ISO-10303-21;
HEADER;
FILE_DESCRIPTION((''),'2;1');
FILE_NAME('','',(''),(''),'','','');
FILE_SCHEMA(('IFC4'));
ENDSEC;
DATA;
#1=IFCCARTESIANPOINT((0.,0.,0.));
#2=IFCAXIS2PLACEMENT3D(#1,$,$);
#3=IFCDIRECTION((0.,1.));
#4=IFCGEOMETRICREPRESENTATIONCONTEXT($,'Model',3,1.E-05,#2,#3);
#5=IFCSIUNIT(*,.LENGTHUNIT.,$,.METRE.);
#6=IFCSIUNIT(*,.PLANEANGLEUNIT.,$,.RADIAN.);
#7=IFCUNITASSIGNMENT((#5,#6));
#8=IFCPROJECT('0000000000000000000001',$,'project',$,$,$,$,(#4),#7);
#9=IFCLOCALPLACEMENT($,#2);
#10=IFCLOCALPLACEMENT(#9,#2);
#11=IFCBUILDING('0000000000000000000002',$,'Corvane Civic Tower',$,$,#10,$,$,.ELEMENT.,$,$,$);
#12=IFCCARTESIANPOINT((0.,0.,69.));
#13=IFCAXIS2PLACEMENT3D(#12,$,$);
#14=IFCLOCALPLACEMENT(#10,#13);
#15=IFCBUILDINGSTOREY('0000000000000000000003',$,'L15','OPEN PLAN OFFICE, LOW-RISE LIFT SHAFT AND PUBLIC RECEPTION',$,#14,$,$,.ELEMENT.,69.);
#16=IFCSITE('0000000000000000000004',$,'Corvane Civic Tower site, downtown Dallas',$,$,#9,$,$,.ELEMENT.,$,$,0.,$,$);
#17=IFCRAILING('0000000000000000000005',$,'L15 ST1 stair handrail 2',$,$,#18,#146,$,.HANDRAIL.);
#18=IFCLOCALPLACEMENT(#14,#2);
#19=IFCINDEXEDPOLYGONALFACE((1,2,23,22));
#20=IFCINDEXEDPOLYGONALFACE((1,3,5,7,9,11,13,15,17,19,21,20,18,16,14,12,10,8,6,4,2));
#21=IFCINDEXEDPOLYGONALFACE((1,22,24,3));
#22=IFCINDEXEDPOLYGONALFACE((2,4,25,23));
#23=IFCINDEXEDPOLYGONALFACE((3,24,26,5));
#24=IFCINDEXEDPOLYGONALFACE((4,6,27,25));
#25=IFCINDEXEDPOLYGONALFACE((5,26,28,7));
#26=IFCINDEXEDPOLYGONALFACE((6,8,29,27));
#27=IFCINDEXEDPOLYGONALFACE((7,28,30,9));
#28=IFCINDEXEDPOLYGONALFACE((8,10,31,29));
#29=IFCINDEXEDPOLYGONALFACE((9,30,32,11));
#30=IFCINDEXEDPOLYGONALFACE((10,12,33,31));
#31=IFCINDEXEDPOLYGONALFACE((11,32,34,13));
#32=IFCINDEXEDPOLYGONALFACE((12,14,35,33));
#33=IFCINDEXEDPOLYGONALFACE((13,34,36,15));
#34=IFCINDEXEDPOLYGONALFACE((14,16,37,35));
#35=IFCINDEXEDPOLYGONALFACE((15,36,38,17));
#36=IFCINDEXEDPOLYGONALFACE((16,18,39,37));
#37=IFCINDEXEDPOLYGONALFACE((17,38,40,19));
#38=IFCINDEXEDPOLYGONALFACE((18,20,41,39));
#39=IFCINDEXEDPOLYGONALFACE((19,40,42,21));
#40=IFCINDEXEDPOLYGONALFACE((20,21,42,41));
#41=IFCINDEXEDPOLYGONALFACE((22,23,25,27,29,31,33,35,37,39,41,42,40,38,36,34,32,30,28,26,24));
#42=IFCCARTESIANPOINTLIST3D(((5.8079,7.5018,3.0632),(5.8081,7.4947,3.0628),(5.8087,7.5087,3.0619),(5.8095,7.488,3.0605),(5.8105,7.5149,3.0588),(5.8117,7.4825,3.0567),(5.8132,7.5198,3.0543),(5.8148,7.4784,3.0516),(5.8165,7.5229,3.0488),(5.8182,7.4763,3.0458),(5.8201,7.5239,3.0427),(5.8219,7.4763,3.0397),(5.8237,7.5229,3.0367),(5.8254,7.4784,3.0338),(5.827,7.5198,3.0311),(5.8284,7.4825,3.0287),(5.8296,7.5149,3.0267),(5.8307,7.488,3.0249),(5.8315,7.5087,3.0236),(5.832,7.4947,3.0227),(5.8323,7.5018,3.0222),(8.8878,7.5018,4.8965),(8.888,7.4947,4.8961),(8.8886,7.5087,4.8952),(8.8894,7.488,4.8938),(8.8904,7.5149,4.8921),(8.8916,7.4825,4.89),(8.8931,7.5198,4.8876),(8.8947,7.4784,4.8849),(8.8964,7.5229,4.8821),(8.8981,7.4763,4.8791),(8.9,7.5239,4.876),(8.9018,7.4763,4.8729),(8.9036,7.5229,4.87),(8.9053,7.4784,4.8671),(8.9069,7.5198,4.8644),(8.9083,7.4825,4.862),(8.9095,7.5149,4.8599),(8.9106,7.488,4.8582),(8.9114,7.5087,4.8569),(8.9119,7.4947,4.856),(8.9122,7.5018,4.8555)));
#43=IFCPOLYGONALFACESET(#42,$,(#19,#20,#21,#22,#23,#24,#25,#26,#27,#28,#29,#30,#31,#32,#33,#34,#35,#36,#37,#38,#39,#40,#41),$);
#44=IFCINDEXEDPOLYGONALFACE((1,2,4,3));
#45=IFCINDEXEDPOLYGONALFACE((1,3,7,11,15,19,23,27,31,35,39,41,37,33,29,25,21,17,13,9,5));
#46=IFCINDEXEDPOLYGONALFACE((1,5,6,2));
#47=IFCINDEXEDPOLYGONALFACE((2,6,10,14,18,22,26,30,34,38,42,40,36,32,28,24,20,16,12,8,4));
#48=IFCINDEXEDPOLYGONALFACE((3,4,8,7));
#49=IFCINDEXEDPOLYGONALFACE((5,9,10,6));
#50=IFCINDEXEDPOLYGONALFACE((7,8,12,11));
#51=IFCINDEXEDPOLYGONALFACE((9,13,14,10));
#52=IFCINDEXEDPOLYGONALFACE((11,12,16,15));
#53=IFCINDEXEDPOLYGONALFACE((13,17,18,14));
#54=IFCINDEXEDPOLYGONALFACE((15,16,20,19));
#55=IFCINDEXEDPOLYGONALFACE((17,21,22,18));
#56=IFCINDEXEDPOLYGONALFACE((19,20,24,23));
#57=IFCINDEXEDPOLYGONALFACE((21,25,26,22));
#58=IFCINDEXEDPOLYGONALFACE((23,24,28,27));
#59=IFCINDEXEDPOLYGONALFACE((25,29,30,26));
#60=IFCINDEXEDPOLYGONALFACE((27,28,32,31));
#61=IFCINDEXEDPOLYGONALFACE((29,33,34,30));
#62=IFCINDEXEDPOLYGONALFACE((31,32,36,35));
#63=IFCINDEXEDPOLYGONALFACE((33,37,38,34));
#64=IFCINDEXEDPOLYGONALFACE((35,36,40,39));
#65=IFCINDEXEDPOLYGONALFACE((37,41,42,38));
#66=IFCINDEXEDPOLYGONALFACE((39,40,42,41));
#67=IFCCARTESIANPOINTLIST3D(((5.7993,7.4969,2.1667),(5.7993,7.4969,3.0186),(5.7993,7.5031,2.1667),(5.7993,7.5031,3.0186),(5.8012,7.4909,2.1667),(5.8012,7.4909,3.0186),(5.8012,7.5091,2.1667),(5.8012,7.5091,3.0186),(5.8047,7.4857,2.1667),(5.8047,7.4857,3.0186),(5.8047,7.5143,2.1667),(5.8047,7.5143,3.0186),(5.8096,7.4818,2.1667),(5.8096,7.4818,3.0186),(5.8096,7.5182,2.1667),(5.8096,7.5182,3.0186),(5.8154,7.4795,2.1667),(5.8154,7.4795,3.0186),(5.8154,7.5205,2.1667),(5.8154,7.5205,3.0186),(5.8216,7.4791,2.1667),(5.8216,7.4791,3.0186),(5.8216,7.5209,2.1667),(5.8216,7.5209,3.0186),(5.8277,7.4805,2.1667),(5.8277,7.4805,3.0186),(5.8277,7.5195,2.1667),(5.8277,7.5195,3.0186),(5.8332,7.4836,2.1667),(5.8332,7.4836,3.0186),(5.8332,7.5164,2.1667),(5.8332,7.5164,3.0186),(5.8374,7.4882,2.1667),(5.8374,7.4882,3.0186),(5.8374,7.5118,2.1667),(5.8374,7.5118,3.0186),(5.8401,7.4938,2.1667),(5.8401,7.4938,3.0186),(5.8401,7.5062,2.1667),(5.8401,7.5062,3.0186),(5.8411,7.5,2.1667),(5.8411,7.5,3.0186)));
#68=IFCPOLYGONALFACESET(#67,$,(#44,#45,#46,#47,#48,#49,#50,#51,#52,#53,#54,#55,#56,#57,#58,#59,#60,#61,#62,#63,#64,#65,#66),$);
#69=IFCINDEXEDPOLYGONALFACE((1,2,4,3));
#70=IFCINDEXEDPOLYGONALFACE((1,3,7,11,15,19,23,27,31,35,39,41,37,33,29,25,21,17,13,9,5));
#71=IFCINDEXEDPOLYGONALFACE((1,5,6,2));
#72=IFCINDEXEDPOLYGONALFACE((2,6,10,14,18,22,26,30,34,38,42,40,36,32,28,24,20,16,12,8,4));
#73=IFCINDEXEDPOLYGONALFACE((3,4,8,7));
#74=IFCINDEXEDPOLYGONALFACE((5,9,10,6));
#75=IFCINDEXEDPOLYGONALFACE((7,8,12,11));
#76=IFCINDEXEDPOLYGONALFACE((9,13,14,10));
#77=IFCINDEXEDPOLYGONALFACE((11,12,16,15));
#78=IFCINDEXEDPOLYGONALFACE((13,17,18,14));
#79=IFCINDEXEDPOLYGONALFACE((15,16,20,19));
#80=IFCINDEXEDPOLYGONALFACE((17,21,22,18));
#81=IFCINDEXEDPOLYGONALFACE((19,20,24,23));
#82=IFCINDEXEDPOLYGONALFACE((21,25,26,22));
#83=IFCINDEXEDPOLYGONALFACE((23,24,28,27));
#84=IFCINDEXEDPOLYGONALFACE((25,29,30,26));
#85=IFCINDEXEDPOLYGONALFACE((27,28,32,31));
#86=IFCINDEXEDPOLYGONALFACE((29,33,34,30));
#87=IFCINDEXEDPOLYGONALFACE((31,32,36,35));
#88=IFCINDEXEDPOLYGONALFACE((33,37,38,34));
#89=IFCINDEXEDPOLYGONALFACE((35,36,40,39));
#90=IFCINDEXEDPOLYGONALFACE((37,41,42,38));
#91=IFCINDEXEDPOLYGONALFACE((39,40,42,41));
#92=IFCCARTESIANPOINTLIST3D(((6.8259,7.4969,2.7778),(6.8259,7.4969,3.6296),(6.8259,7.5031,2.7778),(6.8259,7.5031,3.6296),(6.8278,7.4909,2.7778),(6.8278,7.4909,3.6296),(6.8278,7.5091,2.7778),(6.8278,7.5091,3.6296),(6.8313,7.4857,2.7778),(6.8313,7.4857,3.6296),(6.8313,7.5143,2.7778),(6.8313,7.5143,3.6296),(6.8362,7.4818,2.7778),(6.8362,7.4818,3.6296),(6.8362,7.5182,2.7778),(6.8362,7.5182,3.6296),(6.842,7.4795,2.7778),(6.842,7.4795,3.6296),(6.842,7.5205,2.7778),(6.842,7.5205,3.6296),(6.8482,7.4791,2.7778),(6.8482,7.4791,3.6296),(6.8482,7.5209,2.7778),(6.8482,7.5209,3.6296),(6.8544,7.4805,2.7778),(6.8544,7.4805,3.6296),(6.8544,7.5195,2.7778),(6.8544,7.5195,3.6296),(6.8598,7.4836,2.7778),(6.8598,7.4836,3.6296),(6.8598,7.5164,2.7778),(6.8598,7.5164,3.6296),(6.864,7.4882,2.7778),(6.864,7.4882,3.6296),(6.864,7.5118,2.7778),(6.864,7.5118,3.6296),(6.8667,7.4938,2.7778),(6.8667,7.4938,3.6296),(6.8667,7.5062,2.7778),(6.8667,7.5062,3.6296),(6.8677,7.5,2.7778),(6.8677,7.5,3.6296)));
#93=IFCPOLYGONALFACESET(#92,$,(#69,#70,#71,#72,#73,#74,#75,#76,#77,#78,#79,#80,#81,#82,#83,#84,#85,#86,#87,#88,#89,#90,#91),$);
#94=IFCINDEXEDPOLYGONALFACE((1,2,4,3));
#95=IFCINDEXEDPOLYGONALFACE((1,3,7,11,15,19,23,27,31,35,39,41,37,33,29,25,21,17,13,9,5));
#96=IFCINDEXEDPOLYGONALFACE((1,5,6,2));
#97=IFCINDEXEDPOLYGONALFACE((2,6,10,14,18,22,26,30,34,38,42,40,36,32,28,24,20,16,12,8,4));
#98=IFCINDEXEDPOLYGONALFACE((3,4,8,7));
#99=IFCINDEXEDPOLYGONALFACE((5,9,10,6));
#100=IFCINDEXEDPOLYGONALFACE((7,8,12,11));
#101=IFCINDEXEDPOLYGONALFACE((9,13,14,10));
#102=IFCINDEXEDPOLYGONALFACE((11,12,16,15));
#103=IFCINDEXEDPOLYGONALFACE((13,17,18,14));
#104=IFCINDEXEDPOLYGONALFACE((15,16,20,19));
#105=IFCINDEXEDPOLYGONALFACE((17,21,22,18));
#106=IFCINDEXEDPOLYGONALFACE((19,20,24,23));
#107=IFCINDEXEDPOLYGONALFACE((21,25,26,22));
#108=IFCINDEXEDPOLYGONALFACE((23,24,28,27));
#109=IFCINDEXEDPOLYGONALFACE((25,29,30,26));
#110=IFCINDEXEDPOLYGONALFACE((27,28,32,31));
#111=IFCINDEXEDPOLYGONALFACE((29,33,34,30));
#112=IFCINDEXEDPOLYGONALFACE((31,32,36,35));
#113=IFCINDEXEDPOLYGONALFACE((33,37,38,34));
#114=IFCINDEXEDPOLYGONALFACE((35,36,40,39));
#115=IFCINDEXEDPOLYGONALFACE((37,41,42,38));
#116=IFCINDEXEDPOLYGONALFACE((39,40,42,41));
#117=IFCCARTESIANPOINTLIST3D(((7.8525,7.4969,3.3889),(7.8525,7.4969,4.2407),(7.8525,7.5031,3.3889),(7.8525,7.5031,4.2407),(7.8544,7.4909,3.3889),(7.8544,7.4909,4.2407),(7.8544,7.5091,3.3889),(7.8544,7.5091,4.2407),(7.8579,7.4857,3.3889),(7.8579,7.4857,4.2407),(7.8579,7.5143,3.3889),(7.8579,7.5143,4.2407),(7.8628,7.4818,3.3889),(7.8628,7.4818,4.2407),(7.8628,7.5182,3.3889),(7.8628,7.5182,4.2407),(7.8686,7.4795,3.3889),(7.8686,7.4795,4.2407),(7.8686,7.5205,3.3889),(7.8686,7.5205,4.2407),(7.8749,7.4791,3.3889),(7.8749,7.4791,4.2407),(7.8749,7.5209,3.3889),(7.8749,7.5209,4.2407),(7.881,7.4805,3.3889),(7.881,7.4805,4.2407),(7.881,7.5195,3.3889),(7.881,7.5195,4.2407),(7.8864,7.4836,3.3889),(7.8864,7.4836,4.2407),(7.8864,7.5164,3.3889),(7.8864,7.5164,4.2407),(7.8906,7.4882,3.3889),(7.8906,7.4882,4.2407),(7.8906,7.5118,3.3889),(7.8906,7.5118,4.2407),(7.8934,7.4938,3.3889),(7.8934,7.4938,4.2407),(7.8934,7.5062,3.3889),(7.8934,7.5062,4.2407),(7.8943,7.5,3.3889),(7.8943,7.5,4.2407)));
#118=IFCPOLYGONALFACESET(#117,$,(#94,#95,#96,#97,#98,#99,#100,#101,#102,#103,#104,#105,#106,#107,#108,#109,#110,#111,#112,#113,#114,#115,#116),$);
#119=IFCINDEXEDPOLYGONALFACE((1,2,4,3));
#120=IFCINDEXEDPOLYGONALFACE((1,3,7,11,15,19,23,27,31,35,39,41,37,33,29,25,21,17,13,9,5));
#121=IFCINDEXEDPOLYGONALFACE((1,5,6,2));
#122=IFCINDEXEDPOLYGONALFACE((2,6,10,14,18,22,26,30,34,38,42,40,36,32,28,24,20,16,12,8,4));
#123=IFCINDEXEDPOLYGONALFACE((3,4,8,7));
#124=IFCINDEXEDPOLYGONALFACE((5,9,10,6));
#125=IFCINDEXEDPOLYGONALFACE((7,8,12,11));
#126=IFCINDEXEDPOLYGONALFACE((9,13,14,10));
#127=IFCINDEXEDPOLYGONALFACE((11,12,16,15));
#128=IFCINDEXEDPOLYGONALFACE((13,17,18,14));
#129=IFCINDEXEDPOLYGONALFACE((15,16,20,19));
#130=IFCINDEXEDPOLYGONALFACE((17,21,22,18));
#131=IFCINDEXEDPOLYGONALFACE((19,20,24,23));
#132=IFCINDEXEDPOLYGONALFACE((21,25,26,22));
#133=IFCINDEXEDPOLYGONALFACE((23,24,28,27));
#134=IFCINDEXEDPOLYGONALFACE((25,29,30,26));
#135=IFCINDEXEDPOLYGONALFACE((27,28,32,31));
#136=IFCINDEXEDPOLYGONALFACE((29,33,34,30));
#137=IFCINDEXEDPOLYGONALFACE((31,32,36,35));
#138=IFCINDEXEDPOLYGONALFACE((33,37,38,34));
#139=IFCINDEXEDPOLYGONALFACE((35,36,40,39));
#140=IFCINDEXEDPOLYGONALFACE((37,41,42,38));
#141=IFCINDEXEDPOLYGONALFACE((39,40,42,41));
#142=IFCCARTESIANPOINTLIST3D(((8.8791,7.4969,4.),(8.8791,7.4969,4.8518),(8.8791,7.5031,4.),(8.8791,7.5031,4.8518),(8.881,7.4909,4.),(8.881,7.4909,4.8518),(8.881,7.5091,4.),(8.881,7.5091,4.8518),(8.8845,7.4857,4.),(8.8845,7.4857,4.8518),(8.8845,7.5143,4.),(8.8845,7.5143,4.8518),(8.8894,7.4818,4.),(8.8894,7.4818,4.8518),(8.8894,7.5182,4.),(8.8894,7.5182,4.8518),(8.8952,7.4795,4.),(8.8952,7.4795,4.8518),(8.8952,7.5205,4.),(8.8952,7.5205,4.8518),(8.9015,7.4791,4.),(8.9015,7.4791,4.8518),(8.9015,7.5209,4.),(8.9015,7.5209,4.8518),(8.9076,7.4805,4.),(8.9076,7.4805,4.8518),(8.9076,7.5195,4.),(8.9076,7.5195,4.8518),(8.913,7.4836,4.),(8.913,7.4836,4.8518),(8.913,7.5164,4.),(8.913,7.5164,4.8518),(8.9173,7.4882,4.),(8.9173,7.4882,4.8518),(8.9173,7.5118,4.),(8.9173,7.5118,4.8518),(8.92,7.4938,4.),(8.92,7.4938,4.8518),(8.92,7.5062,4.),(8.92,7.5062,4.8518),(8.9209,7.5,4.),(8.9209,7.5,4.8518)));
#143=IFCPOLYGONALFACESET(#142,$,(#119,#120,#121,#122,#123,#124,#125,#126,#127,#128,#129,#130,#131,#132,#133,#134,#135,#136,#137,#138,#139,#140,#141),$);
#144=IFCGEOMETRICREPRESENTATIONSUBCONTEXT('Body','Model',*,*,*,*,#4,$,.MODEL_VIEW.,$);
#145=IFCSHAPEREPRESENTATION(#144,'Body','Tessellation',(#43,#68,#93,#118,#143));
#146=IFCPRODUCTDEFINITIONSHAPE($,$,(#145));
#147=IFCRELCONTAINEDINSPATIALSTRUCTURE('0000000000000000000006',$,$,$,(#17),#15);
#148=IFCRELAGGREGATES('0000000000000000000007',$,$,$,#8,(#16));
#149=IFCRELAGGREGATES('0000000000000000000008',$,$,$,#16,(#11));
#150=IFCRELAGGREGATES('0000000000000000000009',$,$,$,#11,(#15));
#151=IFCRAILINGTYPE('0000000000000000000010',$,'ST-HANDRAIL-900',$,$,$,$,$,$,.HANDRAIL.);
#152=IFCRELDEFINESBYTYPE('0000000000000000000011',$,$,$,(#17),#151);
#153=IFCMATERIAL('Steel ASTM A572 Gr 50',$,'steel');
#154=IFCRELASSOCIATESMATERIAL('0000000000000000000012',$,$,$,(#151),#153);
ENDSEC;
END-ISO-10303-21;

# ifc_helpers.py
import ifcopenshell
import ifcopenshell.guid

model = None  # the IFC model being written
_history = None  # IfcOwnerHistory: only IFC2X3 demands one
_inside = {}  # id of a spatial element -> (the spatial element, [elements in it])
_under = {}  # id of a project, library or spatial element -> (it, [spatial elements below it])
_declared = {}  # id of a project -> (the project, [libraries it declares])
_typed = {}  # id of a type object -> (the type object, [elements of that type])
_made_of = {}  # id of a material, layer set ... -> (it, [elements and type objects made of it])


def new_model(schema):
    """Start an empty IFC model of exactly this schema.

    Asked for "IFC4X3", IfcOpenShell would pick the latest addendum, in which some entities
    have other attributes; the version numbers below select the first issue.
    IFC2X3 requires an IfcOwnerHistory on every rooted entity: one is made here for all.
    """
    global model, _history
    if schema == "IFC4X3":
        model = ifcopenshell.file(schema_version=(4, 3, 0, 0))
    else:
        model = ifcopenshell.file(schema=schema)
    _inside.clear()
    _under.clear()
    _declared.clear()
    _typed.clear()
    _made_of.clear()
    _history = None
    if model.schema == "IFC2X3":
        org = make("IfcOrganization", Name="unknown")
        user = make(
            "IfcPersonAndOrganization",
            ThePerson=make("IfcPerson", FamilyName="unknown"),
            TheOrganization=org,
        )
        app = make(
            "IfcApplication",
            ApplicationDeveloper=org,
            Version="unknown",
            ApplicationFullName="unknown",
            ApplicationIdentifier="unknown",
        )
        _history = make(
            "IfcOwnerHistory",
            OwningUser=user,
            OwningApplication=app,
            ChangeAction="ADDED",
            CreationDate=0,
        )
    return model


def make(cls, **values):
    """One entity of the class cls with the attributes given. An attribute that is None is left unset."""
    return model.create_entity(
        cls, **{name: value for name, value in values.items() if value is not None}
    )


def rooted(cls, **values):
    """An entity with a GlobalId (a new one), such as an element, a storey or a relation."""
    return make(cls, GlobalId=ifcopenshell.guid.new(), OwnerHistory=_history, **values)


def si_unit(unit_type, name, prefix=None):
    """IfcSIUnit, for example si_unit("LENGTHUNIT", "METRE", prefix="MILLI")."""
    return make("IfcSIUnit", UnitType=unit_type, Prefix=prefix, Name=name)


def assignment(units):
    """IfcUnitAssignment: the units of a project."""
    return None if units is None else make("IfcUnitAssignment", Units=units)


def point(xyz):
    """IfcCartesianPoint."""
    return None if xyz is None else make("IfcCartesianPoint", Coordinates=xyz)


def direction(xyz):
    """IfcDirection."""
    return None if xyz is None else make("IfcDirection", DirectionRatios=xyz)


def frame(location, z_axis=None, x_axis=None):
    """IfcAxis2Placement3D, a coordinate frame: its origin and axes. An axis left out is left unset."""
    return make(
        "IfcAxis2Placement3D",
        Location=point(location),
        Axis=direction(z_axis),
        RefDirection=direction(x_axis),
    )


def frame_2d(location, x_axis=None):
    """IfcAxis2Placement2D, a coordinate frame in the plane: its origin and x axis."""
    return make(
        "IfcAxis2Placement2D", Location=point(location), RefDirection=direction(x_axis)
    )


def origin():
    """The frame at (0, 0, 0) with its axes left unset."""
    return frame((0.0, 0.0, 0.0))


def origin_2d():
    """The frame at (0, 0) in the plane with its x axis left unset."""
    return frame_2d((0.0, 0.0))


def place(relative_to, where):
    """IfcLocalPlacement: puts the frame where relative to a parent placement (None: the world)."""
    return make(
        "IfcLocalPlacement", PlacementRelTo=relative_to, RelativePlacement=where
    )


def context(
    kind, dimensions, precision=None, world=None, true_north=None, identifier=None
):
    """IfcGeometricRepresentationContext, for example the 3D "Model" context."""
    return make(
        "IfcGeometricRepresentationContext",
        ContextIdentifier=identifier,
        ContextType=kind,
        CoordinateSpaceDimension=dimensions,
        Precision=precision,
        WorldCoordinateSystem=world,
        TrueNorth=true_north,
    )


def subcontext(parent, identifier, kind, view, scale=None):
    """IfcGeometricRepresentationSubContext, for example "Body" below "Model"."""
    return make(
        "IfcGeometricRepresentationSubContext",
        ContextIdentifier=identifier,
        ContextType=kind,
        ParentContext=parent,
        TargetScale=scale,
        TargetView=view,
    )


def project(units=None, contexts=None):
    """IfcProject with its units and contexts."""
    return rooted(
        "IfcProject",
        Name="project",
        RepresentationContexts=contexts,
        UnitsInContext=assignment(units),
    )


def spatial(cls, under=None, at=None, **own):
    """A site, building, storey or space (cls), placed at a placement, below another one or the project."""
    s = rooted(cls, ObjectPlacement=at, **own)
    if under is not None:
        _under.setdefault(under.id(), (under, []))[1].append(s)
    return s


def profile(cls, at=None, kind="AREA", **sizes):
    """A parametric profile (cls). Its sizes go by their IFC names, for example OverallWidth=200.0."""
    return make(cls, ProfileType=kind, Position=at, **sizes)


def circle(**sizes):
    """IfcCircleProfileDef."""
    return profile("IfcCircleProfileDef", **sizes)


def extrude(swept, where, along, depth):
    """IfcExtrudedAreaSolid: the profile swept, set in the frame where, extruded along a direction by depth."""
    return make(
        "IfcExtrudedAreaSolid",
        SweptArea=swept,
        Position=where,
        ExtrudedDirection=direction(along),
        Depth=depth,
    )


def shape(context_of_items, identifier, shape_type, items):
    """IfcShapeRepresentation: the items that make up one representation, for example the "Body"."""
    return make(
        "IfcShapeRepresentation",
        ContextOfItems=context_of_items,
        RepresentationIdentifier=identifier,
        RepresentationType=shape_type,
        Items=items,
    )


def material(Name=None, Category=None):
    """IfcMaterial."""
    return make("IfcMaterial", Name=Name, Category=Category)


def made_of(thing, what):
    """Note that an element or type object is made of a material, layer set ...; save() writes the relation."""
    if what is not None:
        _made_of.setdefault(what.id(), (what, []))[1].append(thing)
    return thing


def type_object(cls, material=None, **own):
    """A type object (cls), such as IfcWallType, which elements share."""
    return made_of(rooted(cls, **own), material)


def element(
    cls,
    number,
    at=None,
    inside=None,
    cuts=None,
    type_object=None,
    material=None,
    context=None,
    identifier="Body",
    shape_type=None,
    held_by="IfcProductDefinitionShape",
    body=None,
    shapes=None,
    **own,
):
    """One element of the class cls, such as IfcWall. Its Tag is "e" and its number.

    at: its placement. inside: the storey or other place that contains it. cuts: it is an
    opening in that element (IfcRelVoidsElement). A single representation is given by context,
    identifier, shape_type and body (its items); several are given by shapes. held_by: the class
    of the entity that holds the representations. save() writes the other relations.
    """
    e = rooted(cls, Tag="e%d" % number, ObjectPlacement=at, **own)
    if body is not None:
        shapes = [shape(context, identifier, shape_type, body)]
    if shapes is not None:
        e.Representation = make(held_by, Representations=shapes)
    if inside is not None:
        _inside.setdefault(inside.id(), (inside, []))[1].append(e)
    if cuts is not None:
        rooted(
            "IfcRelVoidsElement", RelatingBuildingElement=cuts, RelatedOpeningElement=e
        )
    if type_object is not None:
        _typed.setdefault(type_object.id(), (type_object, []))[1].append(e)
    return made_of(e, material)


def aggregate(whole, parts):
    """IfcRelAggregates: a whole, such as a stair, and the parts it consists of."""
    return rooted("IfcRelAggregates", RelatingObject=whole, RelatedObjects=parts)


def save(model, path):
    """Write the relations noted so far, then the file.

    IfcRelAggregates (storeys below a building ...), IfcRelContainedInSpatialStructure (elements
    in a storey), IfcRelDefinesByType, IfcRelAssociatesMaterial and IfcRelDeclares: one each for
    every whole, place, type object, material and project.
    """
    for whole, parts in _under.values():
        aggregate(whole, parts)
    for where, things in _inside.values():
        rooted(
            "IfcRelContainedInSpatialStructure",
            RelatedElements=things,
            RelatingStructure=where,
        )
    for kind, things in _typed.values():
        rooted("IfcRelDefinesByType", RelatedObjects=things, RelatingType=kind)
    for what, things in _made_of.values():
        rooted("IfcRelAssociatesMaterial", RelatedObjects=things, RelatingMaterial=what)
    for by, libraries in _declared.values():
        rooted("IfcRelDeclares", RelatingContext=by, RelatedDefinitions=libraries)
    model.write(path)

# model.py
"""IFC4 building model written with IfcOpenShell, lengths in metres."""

from ifc_helpers import new_model, si_unit, direction, frame, origin, origin_2d, place, context, subcontext, project, spatial, circle, extrude, material, type_object, element, save


model = new_model("IFC4")

# Units and contexts
model_context = context("Model", 3, precision=1e-05, world=origin(), true_north=direction((0.0, 1.0)))
body_context = subcontext(model_context, "Body", "Model", "MODEL_VIEW")
ifc_project = project(units=[si_unit("LENGTHUNIT", "METRE"), si_unit("PLANEANGLEUNIT", "RADIAN")], contexts=[model_context])

# Site, building, storey
site_placement = place(None, origin())
site = spatial("IfcSite", under=ifc_project, at=site_placement, Name="Corvane Civic Tower site, downtown Dallas", CompositionType="ELEMENT", RefElevation=0.0)
building_placement = place(site_placement, origin())
building = spatial("IfcBuilding", under=site, at=building_placement, Name="Corvane Civic Tower", CompositionType="ELEMENT")
storey_placement = place(building_placement, frame((0.0, 0.0, 69.0)))
storey = spatial("IfcBuildingStorey", under=building, at=storey_placement, Name="L15", Description="OPEN PLAN OFFICE, LOW-RISE LIFT SHAFT AND PUBLIC RECEPTION", CompositionType="ELEMENT", Elevation=69.0)

# Railing
ifc_material_1 = material(Name="Steel ASTM A572 Gr 50", Category="steel")
railing_type_1 = type_object("IfcRailingType", Name="ST-HANDRAIL-900", PredefinedType="HANDRAIL", material=ifc_material_1)
railing_1_placement = place(storey_placement, frame((5.8201, 7.5, 2.1667)))
element("IfcRailing", 1, at=railing_1_placement, inside=storey, type_object=railing_type_1, Name="L15 ST1 stair handrail 2", PredefinedType="HANDRAIL", context=body_context, shape_type="SweptSolid", body=[
    extrude(circle(Radius=0.0239, at=origin_2d()), frame((0.0, 0.0, 0.876), z_axis=(0.859291, 0.0, 0.511487), x_axis=(0.0, 1.0, 0.0)), (0.0, 0.0, 1.0), 3.5842),
    extrude(circle(Radius=0.021, at=origin_2d()), origin(), (0.0, 0.0, 1.0), 0.8518),
    extrude(circle(Radius=0.021, at=origin_2d()), frame((1.0266, 0.0, 0.6111)), (0.0, 0.0, 1.0), 0.8518),
    extrude(circle(Radius=0.021, at=origin_2d()), frame((2.0532, 0.0, 1.2222)), (0.0, 0.0, 1.0), 0.8518),
    extrude(circle(Radius=0.021, at=origin_2d()), frame((3.0798, 0.0, 1.8333)), (0.0, 0.0, 1.0), 0.8518),
])

save(model, "model.ifc")
